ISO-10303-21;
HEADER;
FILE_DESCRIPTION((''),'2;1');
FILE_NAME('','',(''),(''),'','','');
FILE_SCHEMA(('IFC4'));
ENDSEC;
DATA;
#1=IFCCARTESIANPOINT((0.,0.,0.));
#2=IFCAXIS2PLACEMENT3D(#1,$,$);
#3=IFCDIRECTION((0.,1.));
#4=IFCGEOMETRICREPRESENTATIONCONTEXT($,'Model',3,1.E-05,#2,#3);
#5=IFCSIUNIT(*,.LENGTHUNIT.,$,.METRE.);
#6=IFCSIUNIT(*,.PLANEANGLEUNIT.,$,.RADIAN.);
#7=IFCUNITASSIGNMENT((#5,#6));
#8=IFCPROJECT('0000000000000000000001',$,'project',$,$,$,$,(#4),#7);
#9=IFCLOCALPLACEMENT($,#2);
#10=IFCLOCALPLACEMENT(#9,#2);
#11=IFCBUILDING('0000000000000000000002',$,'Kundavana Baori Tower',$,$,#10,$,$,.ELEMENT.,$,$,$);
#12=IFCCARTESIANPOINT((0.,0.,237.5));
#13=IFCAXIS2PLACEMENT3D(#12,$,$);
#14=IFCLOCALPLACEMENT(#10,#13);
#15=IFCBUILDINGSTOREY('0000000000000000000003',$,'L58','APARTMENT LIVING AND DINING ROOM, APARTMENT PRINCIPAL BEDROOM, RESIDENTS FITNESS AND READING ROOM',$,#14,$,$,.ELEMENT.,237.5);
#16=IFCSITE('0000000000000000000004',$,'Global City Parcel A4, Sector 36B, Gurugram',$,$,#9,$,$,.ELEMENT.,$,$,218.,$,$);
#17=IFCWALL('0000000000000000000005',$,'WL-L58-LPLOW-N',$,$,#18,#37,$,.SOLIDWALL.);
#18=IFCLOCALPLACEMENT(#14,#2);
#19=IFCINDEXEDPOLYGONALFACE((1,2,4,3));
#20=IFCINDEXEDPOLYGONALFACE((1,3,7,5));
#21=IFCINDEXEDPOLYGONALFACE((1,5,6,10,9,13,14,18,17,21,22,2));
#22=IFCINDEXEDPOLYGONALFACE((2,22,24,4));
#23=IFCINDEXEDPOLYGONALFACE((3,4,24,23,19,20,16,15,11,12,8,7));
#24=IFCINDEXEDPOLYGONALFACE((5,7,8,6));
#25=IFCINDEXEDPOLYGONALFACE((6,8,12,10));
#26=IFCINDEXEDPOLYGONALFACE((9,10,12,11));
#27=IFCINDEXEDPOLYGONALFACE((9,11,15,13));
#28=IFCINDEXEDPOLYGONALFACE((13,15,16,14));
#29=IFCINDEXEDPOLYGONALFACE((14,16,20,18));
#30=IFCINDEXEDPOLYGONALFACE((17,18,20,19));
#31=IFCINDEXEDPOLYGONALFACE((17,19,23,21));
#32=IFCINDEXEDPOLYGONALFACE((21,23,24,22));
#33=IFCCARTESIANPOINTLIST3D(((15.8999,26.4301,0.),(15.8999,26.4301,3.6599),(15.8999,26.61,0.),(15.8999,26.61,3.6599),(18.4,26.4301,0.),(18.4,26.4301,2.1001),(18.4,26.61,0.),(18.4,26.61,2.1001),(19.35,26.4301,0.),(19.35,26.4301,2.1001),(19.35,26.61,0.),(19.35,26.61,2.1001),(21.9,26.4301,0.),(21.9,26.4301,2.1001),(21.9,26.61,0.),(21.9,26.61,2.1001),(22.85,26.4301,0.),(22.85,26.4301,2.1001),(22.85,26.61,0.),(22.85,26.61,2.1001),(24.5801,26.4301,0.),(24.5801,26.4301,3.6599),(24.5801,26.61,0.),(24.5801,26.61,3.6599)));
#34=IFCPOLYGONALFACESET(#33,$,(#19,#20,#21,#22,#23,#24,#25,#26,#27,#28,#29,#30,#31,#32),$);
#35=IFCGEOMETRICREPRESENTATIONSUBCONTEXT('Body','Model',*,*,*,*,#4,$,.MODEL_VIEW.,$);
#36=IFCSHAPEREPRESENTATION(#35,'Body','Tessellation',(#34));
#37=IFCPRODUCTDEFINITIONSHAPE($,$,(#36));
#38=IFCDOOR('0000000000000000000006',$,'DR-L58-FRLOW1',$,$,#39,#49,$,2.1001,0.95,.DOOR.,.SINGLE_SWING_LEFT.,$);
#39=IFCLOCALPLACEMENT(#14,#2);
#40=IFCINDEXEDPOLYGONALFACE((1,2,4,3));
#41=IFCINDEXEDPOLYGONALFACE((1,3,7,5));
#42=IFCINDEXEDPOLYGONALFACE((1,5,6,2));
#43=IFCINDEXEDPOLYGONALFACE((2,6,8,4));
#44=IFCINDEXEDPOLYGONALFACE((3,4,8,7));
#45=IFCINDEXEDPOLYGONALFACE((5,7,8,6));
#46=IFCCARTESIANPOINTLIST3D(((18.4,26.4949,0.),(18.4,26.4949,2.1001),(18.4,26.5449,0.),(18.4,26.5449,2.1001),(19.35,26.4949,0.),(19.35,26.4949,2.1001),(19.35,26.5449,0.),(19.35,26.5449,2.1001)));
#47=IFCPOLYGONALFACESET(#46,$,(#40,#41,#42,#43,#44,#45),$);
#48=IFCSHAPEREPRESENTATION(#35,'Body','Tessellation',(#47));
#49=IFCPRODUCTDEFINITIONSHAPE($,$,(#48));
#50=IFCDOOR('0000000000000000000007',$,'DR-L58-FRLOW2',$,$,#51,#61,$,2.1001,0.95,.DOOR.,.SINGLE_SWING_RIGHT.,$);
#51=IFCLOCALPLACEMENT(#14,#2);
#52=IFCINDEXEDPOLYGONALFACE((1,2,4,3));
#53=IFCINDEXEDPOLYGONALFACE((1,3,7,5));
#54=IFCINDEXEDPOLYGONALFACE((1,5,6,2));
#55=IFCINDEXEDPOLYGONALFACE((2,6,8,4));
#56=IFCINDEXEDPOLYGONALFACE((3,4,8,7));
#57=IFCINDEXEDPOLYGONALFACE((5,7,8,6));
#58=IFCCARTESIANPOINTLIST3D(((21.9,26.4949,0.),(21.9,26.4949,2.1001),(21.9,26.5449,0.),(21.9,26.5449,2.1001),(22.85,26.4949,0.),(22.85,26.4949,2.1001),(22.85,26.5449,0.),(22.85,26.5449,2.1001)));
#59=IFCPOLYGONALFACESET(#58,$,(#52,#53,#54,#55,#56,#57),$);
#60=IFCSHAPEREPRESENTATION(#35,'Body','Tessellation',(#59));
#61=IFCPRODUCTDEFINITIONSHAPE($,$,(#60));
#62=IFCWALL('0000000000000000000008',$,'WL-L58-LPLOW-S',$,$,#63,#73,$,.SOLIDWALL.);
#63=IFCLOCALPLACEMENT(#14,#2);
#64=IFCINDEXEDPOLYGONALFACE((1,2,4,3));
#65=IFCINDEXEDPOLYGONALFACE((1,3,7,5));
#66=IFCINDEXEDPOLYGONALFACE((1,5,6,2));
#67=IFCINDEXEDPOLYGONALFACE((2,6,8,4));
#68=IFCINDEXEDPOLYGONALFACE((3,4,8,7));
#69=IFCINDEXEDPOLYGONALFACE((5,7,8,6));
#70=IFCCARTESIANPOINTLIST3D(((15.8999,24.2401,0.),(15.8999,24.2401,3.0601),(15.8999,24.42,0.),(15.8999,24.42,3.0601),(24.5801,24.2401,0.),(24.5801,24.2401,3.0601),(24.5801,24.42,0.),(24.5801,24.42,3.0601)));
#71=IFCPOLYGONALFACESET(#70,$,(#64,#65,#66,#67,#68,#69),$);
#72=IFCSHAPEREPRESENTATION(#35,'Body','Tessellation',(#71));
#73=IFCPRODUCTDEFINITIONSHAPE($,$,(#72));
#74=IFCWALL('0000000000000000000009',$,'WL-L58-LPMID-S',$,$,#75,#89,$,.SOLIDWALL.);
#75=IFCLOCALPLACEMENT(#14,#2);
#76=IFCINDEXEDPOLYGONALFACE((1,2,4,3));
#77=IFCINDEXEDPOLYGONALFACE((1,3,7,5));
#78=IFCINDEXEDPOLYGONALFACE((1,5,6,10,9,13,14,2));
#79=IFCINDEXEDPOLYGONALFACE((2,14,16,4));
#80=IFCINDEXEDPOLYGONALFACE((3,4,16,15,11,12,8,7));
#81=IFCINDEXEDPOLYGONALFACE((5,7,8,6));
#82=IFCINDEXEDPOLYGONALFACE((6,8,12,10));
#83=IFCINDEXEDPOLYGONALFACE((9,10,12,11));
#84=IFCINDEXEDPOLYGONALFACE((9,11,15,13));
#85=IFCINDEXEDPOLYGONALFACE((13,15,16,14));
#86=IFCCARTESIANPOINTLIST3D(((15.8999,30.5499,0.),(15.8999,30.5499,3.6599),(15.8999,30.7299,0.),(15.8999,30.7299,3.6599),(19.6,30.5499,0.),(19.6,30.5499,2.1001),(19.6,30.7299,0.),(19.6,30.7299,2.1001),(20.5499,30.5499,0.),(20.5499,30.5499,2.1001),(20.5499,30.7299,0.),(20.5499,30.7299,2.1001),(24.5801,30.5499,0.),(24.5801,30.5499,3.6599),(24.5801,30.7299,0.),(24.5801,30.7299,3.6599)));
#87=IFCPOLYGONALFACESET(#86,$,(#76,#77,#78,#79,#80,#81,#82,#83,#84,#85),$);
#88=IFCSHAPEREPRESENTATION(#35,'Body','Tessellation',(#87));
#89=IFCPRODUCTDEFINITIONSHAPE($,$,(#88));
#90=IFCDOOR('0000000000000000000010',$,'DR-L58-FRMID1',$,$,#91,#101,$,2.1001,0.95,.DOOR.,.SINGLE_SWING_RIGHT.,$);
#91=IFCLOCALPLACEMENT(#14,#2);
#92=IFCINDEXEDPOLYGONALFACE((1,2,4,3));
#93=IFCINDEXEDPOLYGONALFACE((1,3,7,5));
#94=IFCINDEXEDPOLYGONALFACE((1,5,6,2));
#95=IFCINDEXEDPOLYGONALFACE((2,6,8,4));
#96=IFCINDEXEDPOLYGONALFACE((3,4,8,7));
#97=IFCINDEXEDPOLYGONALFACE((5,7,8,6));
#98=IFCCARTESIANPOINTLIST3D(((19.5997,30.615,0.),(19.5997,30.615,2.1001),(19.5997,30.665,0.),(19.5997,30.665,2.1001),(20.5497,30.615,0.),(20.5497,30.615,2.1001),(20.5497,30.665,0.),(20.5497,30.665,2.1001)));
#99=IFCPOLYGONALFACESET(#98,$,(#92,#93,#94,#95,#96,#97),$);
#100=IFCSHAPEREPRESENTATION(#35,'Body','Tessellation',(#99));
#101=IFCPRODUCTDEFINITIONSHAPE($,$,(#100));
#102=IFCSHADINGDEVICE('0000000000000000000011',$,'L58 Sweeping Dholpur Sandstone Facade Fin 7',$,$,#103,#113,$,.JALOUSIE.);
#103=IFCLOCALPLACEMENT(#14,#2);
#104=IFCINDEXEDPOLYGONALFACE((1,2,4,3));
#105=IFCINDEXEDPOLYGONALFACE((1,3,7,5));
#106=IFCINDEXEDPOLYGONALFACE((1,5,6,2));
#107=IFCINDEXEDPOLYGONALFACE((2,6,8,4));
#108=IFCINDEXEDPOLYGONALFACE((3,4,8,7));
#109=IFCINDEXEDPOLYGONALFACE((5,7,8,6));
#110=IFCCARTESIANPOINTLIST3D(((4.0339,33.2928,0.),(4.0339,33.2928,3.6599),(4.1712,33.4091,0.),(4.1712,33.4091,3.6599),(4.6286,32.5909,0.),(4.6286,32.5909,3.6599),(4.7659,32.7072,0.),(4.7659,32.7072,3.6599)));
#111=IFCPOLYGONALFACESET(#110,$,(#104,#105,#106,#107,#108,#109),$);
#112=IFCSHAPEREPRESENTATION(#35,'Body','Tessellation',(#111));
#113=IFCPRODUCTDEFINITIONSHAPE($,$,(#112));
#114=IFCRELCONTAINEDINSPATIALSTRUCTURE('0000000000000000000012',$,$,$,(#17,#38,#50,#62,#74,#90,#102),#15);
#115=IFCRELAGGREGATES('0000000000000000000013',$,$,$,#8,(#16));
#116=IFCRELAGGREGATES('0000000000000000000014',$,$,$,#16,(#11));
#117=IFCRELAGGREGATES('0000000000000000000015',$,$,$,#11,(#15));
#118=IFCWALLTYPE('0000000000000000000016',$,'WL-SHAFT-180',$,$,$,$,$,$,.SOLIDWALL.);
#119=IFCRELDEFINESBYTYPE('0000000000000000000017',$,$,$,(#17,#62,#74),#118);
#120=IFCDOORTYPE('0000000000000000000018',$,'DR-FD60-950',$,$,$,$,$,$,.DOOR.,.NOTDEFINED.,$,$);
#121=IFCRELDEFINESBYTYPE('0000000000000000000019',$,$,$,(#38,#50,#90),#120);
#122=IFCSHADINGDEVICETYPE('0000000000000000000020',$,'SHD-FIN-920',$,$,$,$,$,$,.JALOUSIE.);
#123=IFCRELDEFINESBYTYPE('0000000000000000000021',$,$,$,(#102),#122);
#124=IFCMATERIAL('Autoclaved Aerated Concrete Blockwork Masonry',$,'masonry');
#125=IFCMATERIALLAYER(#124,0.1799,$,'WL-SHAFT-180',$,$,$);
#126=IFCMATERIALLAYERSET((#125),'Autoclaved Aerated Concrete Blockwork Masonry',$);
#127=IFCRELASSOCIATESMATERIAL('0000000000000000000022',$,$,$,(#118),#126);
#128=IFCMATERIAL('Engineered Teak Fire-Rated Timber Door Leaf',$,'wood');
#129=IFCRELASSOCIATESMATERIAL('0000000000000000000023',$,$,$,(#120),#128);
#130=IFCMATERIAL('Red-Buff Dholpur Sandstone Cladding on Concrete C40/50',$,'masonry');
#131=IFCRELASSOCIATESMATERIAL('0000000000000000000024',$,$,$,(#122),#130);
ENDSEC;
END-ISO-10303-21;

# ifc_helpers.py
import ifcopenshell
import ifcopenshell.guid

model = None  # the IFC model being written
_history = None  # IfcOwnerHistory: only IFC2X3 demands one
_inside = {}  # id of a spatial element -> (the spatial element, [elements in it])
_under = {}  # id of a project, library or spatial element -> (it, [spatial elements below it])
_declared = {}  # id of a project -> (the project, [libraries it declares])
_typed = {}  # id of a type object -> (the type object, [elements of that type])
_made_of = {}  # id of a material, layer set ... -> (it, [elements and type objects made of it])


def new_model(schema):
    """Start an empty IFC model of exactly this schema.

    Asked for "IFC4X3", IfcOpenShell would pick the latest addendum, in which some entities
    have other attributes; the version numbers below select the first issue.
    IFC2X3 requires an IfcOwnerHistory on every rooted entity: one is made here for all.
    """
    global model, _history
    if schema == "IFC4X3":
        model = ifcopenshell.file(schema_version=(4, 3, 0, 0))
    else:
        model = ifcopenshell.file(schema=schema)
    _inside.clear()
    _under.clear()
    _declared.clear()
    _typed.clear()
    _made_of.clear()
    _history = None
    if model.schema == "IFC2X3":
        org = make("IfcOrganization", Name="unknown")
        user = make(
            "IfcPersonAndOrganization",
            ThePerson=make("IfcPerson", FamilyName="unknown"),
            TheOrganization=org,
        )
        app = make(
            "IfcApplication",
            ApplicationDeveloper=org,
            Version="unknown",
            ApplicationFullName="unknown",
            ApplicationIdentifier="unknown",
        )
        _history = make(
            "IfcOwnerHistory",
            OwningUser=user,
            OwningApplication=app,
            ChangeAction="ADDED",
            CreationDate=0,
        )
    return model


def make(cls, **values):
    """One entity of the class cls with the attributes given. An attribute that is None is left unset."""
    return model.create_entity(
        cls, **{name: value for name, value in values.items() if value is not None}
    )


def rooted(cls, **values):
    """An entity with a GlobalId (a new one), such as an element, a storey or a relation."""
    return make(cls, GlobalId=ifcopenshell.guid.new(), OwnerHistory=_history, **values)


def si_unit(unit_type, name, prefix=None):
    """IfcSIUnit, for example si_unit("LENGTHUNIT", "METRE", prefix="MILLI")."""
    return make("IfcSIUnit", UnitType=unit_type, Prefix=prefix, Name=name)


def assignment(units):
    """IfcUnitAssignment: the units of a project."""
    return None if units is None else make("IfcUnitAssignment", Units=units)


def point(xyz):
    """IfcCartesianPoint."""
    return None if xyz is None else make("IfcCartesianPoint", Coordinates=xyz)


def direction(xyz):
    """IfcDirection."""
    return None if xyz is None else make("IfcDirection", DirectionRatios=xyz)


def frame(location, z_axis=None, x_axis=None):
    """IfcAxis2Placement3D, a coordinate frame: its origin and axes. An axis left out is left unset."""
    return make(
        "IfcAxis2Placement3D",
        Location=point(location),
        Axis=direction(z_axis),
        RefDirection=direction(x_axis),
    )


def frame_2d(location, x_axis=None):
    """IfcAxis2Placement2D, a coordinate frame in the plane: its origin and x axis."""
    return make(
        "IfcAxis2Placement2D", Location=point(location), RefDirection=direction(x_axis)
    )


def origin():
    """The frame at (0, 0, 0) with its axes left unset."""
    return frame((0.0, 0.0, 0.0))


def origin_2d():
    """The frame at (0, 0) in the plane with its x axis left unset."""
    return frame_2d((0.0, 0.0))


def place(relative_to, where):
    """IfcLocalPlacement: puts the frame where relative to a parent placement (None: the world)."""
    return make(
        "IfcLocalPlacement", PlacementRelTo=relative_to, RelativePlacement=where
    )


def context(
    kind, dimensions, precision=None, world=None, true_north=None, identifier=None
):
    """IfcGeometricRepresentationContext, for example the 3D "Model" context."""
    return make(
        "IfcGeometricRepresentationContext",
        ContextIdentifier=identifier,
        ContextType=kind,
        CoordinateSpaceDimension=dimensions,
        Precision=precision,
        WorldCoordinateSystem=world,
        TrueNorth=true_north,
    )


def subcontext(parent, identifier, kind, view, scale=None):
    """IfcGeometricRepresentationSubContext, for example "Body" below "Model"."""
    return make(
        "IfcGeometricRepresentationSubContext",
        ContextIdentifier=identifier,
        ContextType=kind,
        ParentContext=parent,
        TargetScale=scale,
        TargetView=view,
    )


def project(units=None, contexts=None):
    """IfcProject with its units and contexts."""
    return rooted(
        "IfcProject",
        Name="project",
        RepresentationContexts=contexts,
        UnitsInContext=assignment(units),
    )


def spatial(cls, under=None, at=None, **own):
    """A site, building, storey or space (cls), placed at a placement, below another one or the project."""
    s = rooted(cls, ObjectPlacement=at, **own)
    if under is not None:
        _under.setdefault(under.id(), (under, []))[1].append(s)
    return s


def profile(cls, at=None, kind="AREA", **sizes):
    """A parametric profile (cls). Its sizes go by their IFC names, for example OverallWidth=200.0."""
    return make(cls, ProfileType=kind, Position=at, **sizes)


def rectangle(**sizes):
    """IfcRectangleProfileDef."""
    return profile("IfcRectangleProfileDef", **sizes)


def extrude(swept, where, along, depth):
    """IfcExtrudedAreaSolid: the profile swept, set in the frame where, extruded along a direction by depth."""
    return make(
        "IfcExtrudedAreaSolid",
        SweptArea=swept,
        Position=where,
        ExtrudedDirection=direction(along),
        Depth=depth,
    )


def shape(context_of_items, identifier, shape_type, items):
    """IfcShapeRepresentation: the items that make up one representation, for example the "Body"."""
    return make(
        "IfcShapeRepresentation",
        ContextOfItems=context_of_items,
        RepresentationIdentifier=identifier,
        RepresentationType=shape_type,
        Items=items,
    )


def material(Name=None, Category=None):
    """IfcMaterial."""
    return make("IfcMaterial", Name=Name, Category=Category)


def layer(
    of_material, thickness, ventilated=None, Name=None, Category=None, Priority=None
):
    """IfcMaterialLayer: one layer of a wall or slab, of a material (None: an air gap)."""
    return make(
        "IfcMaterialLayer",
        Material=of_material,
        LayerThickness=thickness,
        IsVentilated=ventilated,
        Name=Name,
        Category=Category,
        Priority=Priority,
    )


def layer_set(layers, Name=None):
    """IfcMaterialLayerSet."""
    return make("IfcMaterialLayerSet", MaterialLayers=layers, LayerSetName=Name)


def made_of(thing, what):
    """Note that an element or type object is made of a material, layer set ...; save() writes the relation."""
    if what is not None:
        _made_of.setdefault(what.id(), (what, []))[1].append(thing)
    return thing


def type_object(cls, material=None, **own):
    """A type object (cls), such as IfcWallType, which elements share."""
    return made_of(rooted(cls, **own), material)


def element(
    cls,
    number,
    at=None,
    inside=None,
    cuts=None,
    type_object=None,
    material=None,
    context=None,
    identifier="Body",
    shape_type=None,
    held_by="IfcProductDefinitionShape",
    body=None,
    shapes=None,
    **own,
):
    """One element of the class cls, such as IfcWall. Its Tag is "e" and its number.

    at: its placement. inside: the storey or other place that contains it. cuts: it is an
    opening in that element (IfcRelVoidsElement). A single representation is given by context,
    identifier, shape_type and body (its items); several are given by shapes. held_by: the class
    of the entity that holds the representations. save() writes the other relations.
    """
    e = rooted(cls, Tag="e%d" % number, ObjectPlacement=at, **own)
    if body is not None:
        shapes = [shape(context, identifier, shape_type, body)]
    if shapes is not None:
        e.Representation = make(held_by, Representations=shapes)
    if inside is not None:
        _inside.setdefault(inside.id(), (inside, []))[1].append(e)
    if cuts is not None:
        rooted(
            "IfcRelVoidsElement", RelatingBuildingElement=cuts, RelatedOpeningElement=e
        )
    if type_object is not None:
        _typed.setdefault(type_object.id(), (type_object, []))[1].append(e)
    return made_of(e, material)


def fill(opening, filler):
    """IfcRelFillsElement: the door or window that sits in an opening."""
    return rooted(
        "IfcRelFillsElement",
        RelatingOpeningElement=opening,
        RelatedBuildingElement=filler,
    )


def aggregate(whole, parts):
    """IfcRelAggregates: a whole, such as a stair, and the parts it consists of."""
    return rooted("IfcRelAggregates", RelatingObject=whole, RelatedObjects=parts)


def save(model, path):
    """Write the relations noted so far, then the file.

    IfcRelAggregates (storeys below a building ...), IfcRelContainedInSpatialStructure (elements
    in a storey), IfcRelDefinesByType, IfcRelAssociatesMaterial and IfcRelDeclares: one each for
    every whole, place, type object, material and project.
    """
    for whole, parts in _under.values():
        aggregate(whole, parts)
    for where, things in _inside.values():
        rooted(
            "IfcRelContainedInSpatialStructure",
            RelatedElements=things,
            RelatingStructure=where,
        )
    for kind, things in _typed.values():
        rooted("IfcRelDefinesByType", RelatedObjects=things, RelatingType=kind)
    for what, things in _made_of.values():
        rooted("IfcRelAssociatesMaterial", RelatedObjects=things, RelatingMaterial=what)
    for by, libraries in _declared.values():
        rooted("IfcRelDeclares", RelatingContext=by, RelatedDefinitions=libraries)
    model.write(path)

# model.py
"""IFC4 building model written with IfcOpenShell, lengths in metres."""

from ifc_helpers import new_model, si_unit, direction, frame, frame_2d, origin, origin_2d, place, context, subcontext, project, spatial, rectangle, extrude, material, layer, layer_set, type_object, element, fill, save


model = new_model("IFC4")

# Units and contexts
model_context = context("Model", 3, precision=1e-05, world=origin(), true_north=direction((0.0, 1.0)))
body_context = subcontext(model_context, "Body", "Model", "MODEL_VIEW")
ifc_project = project(units=[si_unit("LENGTHUNIT", "METRE"), si_unit("PLANEANGLEUNIT", "RADIAN")], contexts=[model_context])

# Site, building, storey
site_placement = place(None, origin())
site = spatial("IfcSite", under=ifc_project, at=site_placement, Name="Global City Parcel A4, Sector 36B, Gurugram", CompositionType="ELEMENT", RefElevation=218.0)
building_placement = place(site_placement, origin())
building = spatial("IfcBuilding", under=site, at=building_placement, Name="Kundavana Baori Tower", CompositionType="ELEMENT")
storey_placement = place(building_placement, frame((0.0, 0.0, 237.5)))
storey = spatial("IfcBuildingStorey", under=building, at=storey_placement, Name="L58", Description="APARTMENT LIVING AND DINING ROOM, APARTMENT PRINCIPAL BEDROOM, RESIDENTS FITNESS AND READING ROOM", CompositionType="ELEMENT", Elevation=237.5)

# Wall, openings, doors
ifc_material_1 = material(Name="Autoclaved Aerated Concrete Blockwork Masonry", Category="masonry")
ifc_layer_1 = layer(ifc_material_1, 0.1799, Name="WL-SHAFT-180")
ifc_layer_set_1 = layer_set([ifc_layer_1], Name="Autoclaved Aerated Concrete Blockwork Masonry")
wall_type_1 = type_object("IfcWallType", Name="WL-SHAFT-180", PredefinedType="SOLIDWALL", material=ifc_layer_set_1)
wall_1_placement = place(storey_placement, frame((15.8999, 26.52, 0.0), z_axis=(0.0, 0.0, 1.0), x_axis=(1.0, 0.0, 0.0)))
wall_1 = element("IfcWall", 1, at=wall_1_placement, inside=storey, type_object=wall_type_1, Name="WL-L58-LPLOW-N", PredefinedType="SOLIDWALL", context=body_context, shape_type="SweptSolid", body=[
    extrude(rectangle(XDim=8.6802, YDim=0.1799, at=frame_2d((4.3401, 0.0))), origin(), (0.0, 0.0, 1.0), 3.6599),
])
opening_1_placement = place(wall_1_placement, frame((2.5, 0.0, 0.0)))
opening_1 = element("IfcOpeningElement", 2, at=opening_1_placement, cuts=wall_1, PredefinedType="OPENING", context=body_context, shape_type="SweptSolid", body=[
    extrude(rectangle(XDim=0.95, YDim=2.1001, at=frame_2d((0.4751, 1.05))), frame((0.0, 0.1001, 0.0), z_axis=(0.0, -1.0, 0.0), x_axis=(1.0, 0.0, 0.0)), (0.0, 0.0, 1.0), 0.2),
])
opening_2_placement = place(wall_1_placement, frame((6.0, 0.0, 0.0)))
opening_2 = element("IfcOpeningElement", 3, at=opening_2_placement, cuts=wall_1, PredefinedType="OPENING", context=body_context, shape_type="SweptSolid", body=[
    extrude(rectangle(XDim=0.95, YDim=2.1001, at=frame_2d((0.4751, 1.05))), frame((0.0, 0.1001, 0.0), z_axis=(0.0, -1.0, 0.0), x_axis=(1.0, 0.0, 0.0)), (0.0, 0.0, 1.0), 0.2),
])
ifc_material_2 = material(Name="Engineered Teak Fire-Rated Timber Door Leaf", Category="wood")
door_type_1 = type_object("IfcDoorType", Name="DR-FD60-950", OperationType="NOTDEFINED", PredefinedType="DOOR", material=ifc_material_2)
door_1_placement = place(opening_1_placement, origin())
door_1 = element("IfcDoor", 4, at=door_1_placement, inside=storey, type_object=door_type_1, Name="DR-L58-FRLOW1", OperationType="SINGLE_SWING_LEFT", OverallHeight=2.1001, OverallWidth=0.95, PredefinedType="DOOR", context=body_context, shape_type="SweptSolid", body=[
    extrude(rectangle(XDim=0.95, YDim=2.1001, at=frame_2d((0.4751, 1.05))), frame((0.0, 0.0249, 0.0), z_axis=(0.0, -1.0, 0.0), x_axis=(1.0, 0.0, 0.0)), (0.0, 0.0, 1.0), 0.05),
])
fill(opening_1, door_1)
door_2_placement = place(opening_2_placement, origin())
door_2 = element("IfcDoor", 5, at=door_2_placement, inside=storey, type_object=door_type_1, Name="DR-L58-FRLOW2", OperationType="SINGLE_SWING_RIGHT", OverallHeight=2.1001, OverallWidth=0.95, PredefinedType="DOOR", context=body_context, shape_type="SweptSolid", body=[
    extrude(rectangle(XDim=0.95, YDim=2.1001, at=frame_2d((0.4751, 1.05))), frame((0.0, 0.0249, 0.0), z_axis=(0.0, -1.0, 0.0), x_axis=(1.0, 0.0, 0.0)), (0.0, 0.0, 1.0), 0.05),
])
fill(opening_2, door_2)

# Wall
wall_2_placement = place(storey_placement, frame((15.8999, 24.3301, 0.0), z_axis=(0.0, 0.0, 1.0), x_axis=(1.0, 0.0, 0.0)))
element("IfcWall", 6, at=wall_2_placement, inside=storey, type_object=wall_type_1, Name="WL-L58-LPLOW-S", PredefinedType="SOLIDWALL", context=body_context, shape_type="SweptSolid", body=[
    extrude(rectangle(XDim=8.6802, YDim=0.1799, at=frame_2d((4.3401, 0.0))), origin(), (0.0, 0.0, 1.0), 3.0601),
])

# Wall, opening, door
wall_3_placement = place(storey_placement, frame((15.8999, 30.6399, 0.0), z_axis=(0.0, 0.0, 1.0), x_axis=(1.0, 0.0, 0.0)))
wall_3 = element("IfcWall", 7, at=wall_3_placement, inside=storey, type_object=wall_type_1, Name="WL-L58-LPMID-S", PredefinedType="SOLIDWALL", context=body_context, shape_type="SweptSolid", body=[
    extrude(rectangle(XDim=8.6802, YDim=0.1799, at=frame_2d((4.3401, 0.0))), origin(), (0.0, 0.0, 1.0), 3.6599),
])
opening_3_placement = place(wall_3_placement, frame((3.7, 0.0, 0.0)))
opening_3 = element("IfcOpeningElement", 8, at=opening_3_placement, cuts=wall_3, PredefinedType="OPENING", context=body_context, shape_type="SweptSolid", body=[
    extrude(rectangle(XDim=0.95, YDim=2.1001, at=frame_2d((0.4751, 1.05))), frame((0.0, 0.1001, 0.0), z_axis=(0.0, -1.0, 0.0), x_axis=(1.0, 0.0, 0.0)), (0.0, 0.0, 1.0), 0.2),
])
door_3_placement = place(opening_3_placement, frame((0.95, 0.0, 0.0), z_axis=(0.0, 0.0, 1.0), x_axis=(-1.0, 0.0, 0.0)))
door_3 = element("IfcDoor", 9, at=door_3_placement, inside=storey, type_object=door_type_1, Name="DR-L58-FRMID1", OperationType="SINGLE_SWING_RIGHT", OverallHeight=2.1001, OverallWidth=0.95, PredefinedType="DOOR", context=body_context, shape_type="SweptSolid", body=[
    extrude(rectangle(XDim=0.95, YDim=2.1001, at=frame_2d((0.4751, 1.05))), frame((0.0, 0.0249, 0.0), z_axis=(0.0, -1.0, 0.0), x_axis=(1.0, 0.0, 0.0)), (0.0, 0.0, 1.0), 0.05),
])
fill(opening_3, door_3)

# Shading device
ifc_material_3 = material(Name="Red-Buff Dholpur Sandstone Cladding on Concrete C40/50", Category="masonry")
shading_device_type = type_object("IfcShadingDeviceType", Name="SHD-FIN-920", PredefinedType="JALOUSIE", material=ifc_material_3)
shading_device_placement = place(storey_placement, frame((4.3999, 33.0, 0.0), z_axis=(0.0, 0.0, 1.0), x_axis=(0.763007, 0.64639, 0.0)))
element("IfcShadingDevice", 10, at=shading_device_placement, inside=storey, type_object=shading_device_type, Name="L58 Sweeping Dholpur Sandstone Facade Fin 7", PredefinedType="JALOUSIE", context=body_context, shape_type="SweptSolid", body=[
    extrude(rectangle(XDim=0.1799, YDim=0.9199, at=origin_2d()), origin(), (0.0, 0.0, 1.0), 3.6599),
])

save(model, "model.ifc")
